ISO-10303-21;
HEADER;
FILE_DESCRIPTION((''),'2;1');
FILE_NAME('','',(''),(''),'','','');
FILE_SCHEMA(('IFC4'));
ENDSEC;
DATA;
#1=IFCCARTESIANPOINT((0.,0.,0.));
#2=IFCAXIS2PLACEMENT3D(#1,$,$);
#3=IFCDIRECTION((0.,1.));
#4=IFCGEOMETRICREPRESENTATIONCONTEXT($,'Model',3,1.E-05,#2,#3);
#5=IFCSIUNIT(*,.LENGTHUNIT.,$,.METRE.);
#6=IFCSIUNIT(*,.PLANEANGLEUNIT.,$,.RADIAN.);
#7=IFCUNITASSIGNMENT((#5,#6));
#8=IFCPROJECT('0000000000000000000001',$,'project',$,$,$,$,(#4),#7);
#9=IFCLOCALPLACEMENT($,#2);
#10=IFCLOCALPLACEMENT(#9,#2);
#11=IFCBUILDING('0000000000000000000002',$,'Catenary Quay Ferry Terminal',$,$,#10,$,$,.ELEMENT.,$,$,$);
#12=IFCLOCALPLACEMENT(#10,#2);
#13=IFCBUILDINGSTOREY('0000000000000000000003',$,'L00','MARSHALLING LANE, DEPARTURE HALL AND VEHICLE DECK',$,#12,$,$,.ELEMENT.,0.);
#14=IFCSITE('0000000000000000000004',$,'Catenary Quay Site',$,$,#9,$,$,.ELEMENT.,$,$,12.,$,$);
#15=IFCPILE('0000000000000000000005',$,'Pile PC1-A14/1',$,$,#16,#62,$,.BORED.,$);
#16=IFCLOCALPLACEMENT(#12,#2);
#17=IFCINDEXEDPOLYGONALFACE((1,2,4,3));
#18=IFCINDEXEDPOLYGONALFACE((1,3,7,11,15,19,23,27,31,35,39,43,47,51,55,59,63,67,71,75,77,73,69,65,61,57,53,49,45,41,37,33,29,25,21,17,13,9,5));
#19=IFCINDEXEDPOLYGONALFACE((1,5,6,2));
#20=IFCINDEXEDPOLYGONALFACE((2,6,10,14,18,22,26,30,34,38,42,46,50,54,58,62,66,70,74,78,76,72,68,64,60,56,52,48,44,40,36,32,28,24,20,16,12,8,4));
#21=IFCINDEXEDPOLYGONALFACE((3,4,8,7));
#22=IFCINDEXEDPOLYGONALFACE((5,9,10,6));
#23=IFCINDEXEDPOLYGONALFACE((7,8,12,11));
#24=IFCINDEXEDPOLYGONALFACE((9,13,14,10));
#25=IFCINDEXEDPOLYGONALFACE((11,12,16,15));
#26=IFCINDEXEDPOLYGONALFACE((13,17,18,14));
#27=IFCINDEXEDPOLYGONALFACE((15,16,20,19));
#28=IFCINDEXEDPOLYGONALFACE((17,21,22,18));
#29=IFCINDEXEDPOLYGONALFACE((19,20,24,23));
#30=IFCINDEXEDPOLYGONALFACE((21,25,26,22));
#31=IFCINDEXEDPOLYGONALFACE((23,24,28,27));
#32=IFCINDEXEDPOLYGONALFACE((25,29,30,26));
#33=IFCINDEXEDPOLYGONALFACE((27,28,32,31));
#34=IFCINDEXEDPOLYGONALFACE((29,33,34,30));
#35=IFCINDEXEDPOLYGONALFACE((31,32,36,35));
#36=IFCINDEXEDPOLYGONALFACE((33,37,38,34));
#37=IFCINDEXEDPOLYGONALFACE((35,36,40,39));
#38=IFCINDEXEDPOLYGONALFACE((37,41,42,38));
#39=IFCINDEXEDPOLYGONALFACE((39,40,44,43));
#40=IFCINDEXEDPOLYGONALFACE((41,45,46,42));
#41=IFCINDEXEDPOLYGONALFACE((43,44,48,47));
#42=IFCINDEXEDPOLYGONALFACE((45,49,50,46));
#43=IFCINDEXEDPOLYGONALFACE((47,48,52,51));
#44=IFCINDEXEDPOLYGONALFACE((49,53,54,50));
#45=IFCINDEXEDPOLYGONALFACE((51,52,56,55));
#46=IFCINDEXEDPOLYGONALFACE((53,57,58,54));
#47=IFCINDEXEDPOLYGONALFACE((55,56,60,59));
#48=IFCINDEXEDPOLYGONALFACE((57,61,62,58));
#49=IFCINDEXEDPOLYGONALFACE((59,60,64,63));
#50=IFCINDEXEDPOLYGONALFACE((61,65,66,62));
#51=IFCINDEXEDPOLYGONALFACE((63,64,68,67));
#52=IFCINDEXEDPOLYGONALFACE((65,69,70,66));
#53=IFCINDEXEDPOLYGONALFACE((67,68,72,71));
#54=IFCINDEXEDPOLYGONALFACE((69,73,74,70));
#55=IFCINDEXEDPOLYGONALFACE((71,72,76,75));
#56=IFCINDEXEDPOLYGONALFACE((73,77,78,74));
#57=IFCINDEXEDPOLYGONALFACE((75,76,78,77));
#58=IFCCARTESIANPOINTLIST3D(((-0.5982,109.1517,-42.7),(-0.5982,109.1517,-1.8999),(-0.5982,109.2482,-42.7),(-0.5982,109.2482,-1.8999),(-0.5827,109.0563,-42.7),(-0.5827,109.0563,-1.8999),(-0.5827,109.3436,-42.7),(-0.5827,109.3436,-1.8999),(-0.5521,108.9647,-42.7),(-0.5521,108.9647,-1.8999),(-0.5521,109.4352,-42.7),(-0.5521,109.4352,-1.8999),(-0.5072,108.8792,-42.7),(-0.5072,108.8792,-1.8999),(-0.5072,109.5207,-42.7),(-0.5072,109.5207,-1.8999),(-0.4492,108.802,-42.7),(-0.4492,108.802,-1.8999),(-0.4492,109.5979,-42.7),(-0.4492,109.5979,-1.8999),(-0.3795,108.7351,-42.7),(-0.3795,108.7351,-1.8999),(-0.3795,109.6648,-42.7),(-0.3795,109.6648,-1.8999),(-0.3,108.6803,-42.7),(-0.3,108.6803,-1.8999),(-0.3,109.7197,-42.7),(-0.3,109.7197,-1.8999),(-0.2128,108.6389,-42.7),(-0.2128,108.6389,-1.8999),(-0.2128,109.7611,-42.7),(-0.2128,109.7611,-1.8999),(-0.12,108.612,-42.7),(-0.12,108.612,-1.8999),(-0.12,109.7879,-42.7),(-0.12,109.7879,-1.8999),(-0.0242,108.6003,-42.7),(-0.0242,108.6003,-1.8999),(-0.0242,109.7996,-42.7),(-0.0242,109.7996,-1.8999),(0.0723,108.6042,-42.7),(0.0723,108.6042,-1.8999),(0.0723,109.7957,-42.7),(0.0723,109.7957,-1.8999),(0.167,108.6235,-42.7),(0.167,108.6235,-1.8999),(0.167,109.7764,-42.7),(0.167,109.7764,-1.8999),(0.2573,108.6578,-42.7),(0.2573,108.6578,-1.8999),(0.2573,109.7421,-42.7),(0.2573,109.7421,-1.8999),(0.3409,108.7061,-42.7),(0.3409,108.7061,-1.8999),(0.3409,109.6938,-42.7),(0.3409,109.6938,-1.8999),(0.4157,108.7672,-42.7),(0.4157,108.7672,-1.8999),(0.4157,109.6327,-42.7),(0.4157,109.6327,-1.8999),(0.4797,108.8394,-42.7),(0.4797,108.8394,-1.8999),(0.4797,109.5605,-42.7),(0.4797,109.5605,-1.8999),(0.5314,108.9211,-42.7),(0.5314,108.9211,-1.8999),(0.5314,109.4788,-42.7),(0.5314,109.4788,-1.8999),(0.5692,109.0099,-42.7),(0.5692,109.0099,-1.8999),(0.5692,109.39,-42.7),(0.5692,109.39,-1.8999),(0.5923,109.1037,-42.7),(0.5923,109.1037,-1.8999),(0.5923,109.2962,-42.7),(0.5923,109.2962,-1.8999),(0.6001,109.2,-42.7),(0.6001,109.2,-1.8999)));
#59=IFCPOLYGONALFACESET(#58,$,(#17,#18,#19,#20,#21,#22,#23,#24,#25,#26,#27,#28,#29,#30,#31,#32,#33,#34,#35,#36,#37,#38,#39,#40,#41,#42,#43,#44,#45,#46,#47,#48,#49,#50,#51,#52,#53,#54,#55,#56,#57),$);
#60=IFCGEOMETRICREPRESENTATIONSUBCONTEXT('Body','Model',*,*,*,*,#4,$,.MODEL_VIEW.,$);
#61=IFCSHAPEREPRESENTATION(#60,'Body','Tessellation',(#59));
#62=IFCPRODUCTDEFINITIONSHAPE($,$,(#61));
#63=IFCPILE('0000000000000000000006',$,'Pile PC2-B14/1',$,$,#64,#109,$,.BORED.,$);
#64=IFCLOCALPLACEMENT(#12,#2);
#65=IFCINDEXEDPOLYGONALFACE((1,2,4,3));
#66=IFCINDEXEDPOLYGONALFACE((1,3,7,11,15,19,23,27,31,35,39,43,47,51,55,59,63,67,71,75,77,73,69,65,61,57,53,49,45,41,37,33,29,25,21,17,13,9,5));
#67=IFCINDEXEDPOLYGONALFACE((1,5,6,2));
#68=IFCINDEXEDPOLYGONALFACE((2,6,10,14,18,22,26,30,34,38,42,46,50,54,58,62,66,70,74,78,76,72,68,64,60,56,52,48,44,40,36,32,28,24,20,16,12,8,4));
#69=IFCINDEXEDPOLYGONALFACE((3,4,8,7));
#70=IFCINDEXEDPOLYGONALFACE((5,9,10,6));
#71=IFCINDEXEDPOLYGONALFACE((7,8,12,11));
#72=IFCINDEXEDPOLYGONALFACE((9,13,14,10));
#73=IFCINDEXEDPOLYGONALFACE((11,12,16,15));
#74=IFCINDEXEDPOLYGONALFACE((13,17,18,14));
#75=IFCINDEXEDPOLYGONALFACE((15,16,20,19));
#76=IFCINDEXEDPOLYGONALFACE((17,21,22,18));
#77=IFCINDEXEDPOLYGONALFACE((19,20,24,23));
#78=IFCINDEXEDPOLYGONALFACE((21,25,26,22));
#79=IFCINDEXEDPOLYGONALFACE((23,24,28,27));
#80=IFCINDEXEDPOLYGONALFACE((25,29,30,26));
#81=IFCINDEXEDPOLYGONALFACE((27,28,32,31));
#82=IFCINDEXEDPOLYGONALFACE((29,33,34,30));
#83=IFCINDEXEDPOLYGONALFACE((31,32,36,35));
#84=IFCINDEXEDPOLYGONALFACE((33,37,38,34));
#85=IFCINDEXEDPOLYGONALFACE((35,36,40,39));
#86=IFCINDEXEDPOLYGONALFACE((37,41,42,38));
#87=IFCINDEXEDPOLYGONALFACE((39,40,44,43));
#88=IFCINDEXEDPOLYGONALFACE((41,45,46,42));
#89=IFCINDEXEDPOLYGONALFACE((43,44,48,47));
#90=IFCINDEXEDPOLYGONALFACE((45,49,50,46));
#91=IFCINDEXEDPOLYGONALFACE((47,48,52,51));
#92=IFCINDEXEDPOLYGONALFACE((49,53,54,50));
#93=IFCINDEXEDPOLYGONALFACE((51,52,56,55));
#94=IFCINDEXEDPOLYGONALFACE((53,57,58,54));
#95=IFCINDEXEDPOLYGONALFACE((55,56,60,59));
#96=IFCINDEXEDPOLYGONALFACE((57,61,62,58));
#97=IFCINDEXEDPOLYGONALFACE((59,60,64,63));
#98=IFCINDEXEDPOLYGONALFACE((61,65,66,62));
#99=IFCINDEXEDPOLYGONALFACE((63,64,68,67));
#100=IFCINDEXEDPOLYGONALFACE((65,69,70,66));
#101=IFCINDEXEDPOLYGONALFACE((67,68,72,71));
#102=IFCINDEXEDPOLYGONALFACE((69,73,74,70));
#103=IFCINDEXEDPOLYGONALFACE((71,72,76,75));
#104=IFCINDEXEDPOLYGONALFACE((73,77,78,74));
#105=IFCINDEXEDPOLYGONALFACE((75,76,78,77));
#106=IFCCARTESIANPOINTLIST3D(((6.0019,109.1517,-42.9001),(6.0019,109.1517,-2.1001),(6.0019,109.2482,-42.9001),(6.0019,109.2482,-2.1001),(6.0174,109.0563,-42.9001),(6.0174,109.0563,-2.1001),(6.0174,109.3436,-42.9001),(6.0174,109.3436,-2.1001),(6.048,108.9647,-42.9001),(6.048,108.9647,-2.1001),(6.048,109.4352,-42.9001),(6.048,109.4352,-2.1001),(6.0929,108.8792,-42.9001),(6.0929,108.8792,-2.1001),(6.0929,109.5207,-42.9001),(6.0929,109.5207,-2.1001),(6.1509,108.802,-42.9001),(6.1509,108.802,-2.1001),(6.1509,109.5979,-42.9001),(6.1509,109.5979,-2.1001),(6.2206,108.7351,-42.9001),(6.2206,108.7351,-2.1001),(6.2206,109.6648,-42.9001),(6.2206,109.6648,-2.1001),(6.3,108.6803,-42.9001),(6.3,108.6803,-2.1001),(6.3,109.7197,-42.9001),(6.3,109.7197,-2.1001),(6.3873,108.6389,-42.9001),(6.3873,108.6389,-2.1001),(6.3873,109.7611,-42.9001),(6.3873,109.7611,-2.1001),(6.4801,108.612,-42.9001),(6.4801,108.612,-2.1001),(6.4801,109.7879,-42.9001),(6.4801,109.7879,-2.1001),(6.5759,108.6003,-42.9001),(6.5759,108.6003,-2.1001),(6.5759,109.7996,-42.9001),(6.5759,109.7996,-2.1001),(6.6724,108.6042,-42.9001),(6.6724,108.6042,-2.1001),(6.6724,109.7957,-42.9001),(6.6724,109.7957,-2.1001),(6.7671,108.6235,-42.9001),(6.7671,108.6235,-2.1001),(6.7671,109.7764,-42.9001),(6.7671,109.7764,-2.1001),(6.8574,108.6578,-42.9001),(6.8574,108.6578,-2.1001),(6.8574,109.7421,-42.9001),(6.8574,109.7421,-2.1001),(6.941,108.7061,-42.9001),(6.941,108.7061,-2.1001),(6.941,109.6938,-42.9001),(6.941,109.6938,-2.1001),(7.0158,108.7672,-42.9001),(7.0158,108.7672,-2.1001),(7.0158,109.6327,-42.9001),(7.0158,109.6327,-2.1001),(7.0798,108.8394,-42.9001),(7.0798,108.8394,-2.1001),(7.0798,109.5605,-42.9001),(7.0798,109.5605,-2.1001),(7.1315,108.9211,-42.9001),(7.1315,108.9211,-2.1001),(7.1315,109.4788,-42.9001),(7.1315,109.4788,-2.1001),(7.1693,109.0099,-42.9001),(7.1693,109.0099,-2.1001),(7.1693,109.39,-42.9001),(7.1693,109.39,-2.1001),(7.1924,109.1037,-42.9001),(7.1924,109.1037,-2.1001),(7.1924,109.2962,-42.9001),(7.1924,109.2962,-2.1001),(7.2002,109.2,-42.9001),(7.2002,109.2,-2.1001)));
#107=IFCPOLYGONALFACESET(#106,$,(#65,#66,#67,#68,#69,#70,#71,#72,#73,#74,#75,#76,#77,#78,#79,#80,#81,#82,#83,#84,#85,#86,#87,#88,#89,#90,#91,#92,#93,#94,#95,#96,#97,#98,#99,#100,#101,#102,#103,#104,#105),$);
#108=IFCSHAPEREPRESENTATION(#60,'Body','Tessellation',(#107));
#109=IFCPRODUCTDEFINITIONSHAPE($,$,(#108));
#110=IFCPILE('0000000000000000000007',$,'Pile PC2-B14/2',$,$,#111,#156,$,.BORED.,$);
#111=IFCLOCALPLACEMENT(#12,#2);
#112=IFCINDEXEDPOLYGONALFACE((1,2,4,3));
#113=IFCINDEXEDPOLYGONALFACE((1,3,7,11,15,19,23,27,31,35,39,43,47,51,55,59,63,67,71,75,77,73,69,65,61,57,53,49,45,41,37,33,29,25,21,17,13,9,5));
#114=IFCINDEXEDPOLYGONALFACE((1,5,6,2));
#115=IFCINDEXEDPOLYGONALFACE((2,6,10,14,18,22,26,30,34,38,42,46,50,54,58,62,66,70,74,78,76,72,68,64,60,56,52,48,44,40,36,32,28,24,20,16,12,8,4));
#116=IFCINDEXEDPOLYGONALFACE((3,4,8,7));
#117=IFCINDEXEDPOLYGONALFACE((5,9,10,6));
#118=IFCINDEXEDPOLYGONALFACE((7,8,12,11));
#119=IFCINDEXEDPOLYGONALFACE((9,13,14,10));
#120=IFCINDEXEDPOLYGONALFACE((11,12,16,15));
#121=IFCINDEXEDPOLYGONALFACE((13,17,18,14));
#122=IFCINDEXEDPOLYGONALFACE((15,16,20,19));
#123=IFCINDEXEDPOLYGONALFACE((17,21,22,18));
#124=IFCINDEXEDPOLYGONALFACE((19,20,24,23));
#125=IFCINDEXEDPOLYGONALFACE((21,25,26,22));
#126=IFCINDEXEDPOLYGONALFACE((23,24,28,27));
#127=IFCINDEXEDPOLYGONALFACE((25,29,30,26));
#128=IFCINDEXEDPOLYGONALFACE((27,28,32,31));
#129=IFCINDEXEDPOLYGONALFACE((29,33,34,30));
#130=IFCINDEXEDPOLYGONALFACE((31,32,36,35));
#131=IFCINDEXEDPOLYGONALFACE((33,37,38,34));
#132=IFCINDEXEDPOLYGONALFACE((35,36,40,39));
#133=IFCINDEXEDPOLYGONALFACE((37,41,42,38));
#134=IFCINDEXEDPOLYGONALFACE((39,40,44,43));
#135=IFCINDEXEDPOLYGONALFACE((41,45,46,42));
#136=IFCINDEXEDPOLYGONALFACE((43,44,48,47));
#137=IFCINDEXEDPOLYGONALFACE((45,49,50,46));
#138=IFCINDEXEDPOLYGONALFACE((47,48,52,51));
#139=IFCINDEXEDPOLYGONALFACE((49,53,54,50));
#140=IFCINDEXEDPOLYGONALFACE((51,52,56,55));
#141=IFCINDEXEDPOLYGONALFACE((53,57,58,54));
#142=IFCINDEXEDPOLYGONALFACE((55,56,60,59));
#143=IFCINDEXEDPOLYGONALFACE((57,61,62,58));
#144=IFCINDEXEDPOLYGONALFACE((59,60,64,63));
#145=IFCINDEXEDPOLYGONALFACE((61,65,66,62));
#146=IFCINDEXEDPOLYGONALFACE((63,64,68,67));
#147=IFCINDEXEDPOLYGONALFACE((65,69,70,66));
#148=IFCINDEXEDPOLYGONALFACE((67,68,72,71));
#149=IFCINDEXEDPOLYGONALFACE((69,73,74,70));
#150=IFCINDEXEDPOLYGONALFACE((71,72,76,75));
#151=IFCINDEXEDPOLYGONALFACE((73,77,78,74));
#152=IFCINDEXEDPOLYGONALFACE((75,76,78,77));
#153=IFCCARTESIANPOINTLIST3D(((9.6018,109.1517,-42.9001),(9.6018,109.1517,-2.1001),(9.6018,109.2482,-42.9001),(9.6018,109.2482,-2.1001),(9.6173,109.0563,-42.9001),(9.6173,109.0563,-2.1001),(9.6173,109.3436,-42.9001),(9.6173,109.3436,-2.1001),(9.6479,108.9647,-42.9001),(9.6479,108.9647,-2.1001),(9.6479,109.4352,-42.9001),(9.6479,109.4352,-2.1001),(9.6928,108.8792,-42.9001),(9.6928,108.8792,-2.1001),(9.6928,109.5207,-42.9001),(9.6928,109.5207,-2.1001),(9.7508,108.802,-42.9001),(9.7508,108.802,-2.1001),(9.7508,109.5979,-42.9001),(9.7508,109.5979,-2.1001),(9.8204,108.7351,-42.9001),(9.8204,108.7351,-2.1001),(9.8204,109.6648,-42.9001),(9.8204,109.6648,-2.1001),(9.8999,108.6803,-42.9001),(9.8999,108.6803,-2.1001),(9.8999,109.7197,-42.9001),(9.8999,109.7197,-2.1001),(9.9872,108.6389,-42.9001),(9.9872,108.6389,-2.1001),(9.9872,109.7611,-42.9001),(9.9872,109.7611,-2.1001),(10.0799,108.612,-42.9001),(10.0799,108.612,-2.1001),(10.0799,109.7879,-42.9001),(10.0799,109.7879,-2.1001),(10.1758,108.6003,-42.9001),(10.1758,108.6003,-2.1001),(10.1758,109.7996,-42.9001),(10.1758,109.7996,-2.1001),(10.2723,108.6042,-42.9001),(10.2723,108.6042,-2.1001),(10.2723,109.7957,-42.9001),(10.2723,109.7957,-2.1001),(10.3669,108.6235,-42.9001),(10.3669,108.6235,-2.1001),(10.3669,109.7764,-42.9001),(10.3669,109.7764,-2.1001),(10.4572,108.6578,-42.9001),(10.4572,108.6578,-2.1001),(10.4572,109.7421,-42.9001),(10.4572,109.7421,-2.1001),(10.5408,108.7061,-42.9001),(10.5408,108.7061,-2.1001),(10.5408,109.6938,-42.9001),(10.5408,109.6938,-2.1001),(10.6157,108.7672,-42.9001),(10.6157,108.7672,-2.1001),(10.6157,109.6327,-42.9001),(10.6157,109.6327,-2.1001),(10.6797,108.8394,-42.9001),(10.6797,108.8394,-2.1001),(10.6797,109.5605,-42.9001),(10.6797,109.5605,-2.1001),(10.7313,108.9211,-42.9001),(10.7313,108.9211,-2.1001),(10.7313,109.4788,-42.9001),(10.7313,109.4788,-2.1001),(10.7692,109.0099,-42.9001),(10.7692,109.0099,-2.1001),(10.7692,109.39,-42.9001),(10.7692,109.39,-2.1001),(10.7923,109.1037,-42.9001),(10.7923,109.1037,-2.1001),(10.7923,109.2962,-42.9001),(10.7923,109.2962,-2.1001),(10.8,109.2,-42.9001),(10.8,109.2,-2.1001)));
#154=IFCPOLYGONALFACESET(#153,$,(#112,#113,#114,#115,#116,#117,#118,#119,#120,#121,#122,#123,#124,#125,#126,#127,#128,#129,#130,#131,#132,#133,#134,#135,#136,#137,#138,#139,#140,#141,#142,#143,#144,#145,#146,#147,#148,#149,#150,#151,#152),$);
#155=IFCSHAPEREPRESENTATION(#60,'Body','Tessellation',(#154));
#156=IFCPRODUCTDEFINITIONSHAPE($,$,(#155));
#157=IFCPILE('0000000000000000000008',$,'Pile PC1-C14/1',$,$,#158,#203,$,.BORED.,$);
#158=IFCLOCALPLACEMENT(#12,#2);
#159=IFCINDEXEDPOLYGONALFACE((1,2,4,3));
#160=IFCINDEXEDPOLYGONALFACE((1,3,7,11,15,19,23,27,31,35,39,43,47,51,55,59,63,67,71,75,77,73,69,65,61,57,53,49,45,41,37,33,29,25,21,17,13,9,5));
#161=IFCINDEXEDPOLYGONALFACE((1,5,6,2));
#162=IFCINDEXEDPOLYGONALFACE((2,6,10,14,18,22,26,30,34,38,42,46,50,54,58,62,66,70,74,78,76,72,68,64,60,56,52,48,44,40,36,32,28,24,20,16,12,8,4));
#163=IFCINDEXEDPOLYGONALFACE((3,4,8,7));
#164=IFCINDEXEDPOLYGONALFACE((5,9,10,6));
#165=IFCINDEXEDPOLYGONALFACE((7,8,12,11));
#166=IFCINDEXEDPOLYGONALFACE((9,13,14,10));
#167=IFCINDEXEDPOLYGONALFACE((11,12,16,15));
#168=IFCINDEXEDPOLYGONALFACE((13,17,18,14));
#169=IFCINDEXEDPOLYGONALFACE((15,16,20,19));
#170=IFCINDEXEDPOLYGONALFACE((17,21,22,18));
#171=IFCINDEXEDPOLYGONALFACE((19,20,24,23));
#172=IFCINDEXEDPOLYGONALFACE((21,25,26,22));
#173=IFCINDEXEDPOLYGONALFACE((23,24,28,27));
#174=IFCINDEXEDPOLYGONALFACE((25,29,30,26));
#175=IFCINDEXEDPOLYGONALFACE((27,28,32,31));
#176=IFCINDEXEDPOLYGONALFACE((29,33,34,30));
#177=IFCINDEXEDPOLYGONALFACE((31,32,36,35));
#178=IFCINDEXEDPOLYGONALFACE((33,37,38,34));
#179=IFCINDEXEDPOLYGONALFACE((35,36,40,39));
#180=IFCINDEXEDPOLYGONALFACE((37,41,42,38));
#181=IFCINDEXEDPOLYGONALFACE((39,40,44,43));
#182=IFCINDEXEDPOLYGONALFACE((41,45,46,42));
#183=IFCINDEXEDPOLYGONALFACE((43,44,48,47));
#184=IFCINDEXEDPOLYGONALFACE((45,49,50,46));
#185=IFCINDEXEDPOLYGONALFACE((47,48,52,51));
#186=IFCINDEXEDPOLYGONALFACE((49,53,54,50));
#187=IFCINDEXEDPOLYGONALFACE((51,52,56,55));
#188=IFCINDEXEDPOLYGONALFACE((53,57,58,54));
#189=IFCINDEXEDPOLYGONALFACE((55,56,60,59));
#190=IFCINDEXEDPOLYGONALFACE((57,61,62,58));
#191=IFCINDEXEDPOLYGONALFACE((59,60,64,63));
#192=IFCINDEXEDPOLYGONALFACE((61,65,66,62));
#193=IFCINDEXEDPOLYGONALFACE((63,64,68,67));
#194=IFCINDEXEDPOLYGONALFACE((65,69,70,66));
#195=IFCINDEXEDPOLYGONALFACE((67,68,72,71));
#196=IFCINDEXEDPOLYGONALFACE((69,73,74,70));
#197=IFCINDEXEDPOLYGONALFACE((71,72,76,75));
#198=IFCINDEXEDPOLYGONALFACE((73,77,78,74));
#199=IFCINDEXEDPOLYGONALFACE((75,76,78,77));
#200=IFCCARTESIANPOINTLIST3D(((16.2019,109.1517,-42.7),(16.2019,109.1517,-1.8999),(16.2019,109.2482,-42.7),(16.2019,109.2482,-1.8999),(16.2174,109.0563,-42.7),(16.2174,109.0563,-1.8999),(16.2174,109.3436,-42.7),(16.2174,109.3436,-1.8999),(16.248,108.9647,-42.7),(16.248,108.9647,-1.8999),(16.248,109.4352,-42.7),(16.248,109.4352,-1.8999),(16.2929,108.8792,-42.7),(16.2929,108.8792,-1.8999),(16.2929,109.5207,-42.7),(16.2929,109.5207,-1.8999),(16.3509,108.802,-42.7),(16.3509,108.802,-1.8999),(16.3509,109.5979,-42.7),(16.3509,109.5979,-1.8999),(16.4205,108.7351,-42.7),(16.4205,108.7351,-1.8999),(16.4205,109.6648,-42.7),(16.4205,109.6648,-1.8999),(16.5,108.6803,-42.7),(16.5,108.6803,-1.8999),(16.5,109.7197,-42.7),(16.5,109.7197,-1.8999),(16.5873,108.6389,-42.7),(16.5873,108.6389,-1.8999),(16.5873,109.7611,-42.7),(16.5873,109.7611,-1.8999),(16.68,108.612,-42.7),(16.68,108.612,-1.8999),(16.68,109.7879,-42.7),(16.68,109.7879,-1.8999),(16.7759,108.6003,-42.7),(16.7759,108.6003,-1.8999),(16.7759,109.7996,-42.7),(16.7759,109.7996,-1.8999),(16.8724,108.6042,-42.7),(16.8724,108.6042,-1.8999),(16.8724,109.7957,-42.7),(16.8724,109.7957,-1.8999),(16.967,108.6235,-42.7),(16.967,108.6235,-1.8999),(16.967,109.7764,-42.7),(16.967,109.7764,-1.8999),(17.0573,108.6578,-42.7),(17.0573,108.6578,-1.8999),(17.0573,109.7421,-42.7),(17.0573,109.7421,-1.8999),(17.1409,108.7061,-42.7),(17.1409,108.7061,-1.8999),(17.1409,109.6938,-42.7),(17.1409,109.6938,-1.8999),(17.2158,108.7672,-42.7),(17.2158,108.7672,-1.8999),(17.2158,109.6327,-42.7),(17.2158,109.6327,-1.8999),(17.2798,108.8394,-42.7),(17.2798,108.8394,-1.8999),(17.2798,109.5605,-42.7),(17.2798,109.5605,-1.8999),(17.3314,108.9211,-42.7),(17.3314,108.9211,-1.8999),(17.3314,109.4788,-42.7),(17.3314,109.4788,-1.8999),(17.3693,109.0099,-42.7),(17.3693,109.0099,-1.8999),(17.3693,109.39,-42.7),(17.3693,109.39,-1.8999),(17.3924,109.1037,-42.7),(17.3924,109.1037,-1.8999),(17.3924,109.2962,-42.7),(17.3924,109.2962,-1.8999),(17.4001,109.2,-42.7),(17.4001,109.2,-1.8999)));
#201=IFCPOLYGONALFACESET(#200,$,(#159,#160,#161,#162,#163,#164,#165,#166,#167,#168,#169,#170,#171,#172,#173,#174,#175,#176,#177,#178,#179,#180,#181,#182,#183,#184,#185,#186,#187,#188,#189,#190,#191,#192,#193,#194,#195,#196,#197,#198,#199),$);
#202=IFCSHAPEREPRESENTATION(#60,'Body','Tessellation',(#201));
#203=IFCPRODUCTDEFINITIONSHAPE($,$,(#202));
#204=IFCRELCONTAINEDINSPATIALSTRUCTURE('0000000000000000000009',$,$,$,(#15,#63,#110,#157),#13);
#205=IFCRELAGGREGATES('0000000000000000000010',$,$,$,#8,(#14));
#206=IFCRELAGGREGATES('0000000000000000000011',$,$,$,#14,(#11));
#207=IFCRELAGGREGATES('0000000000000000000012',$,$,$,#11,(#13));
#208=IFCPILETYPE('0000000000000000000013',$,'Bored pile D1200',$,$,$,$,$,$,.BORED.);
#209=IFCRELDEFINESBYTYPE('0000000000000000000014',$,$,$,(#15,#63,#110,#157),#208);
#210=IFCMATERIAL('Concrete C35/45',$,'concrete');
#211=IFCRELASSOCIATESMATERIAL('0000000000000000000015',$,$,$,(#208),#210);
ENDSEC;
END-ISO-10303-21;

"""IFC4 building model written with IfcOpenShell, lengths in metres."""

from ifc_helpers import new_model, si_unit, direction, frame, origin, origin_2d, place, context, subcontext, project, spatial, circle, extrude, material, material_profile, profile_set, type_object, element, save


model = new_model("IFC4")

# Units and contexts
model_context = context("Model", 3, precision=1e-05, world=origin(), true_north=direction((0.0, 1.0)))
body_context = subcontext(model_context, "Body", "Model", "MODEL_VIEW")
ifc_project = project(units=[si_unit("LENGTHUNIT", "METRE"), si_unit("PLANEANGLEUNIT", "RADIAN")], contexts=[model_context])

# Site, building, storey
site_placement = place(None, origin())
site = spatial("IfcSite", under=ifc_project, at=site_placement, Name="Catenary Quay Site", CompositionType="ELEMENT", RefElevation=12.0)
building_placement = place(site_placement, origin())
building = spatial("IfcBuilding", under=site, at=building_placement, Name="Catenary Quay Ferry Terminal", CompositionType="ELEMENT")
storey_placement = place(building_placement, origin())
storey = spatial("IfcBuildingStorey", under=building, at=storey_placement, Name="L00", Description="MARSHALLING LANE, DEPARTURE HALL AND VEHICLE DECK", CompositionType="ELEMENT", Elevation=0.0)

# Piles
ifc_material_1 = material(Name="Concrete C35/45", Category="concrete")
ifc_material_profile_1 = material_profile(ifc_material_1, circle(Radius=0.6001, at=origin_2d()), Name="D1200")
ifc_profile_set_1 = profile_set([ifc_material_profile_1], Name="Concrete C35/45")
pile_type = type_object("IfcPileType", Name="Bored pile D1200", PredefinedType="BORED", material=ifc_profile_set_1)
for number, where, z_axis, x_axis, name in (
    (1, (0.0, 109.2, -1.8999), (0.0, 0.0, -1.0), (1.0, 0.0, 0.0), "Pile PC1-A14/1"),
    (2, (6.6001, 109.2, -2.1001), (0.0, 0.0, -1.0), (1.0, 0.0, 0.0), "Pile PC2-B14/1"),
    (3, (10.2, 109.2, -2.1001), (0.0, 0.0, -1.0), (1.0, 0.0, 0.0), "Pile PC2-B14/2"),
    (4, (16.8, 109.2, -1.8999), (0.0, 0.0, -1.0), (1.0, 0.0, 0.0), "Pile PC1-C14/1"),
):
    element("IfcPile", number, at=place(storey_placement, frame(where, z_axis=z_axis, x_axis=x_axis)), inside=storey, type_object=pile_type, Name=name, PredefinedType="BORED", context=body_context, shape_type="SweptSolid", body=[
        extrude(circle(Radius=0.6001, at=origin_2d()), origin(), (0.0, 0.0, 1.0), 40.8),
    ])

save(model, "model.ifc")
